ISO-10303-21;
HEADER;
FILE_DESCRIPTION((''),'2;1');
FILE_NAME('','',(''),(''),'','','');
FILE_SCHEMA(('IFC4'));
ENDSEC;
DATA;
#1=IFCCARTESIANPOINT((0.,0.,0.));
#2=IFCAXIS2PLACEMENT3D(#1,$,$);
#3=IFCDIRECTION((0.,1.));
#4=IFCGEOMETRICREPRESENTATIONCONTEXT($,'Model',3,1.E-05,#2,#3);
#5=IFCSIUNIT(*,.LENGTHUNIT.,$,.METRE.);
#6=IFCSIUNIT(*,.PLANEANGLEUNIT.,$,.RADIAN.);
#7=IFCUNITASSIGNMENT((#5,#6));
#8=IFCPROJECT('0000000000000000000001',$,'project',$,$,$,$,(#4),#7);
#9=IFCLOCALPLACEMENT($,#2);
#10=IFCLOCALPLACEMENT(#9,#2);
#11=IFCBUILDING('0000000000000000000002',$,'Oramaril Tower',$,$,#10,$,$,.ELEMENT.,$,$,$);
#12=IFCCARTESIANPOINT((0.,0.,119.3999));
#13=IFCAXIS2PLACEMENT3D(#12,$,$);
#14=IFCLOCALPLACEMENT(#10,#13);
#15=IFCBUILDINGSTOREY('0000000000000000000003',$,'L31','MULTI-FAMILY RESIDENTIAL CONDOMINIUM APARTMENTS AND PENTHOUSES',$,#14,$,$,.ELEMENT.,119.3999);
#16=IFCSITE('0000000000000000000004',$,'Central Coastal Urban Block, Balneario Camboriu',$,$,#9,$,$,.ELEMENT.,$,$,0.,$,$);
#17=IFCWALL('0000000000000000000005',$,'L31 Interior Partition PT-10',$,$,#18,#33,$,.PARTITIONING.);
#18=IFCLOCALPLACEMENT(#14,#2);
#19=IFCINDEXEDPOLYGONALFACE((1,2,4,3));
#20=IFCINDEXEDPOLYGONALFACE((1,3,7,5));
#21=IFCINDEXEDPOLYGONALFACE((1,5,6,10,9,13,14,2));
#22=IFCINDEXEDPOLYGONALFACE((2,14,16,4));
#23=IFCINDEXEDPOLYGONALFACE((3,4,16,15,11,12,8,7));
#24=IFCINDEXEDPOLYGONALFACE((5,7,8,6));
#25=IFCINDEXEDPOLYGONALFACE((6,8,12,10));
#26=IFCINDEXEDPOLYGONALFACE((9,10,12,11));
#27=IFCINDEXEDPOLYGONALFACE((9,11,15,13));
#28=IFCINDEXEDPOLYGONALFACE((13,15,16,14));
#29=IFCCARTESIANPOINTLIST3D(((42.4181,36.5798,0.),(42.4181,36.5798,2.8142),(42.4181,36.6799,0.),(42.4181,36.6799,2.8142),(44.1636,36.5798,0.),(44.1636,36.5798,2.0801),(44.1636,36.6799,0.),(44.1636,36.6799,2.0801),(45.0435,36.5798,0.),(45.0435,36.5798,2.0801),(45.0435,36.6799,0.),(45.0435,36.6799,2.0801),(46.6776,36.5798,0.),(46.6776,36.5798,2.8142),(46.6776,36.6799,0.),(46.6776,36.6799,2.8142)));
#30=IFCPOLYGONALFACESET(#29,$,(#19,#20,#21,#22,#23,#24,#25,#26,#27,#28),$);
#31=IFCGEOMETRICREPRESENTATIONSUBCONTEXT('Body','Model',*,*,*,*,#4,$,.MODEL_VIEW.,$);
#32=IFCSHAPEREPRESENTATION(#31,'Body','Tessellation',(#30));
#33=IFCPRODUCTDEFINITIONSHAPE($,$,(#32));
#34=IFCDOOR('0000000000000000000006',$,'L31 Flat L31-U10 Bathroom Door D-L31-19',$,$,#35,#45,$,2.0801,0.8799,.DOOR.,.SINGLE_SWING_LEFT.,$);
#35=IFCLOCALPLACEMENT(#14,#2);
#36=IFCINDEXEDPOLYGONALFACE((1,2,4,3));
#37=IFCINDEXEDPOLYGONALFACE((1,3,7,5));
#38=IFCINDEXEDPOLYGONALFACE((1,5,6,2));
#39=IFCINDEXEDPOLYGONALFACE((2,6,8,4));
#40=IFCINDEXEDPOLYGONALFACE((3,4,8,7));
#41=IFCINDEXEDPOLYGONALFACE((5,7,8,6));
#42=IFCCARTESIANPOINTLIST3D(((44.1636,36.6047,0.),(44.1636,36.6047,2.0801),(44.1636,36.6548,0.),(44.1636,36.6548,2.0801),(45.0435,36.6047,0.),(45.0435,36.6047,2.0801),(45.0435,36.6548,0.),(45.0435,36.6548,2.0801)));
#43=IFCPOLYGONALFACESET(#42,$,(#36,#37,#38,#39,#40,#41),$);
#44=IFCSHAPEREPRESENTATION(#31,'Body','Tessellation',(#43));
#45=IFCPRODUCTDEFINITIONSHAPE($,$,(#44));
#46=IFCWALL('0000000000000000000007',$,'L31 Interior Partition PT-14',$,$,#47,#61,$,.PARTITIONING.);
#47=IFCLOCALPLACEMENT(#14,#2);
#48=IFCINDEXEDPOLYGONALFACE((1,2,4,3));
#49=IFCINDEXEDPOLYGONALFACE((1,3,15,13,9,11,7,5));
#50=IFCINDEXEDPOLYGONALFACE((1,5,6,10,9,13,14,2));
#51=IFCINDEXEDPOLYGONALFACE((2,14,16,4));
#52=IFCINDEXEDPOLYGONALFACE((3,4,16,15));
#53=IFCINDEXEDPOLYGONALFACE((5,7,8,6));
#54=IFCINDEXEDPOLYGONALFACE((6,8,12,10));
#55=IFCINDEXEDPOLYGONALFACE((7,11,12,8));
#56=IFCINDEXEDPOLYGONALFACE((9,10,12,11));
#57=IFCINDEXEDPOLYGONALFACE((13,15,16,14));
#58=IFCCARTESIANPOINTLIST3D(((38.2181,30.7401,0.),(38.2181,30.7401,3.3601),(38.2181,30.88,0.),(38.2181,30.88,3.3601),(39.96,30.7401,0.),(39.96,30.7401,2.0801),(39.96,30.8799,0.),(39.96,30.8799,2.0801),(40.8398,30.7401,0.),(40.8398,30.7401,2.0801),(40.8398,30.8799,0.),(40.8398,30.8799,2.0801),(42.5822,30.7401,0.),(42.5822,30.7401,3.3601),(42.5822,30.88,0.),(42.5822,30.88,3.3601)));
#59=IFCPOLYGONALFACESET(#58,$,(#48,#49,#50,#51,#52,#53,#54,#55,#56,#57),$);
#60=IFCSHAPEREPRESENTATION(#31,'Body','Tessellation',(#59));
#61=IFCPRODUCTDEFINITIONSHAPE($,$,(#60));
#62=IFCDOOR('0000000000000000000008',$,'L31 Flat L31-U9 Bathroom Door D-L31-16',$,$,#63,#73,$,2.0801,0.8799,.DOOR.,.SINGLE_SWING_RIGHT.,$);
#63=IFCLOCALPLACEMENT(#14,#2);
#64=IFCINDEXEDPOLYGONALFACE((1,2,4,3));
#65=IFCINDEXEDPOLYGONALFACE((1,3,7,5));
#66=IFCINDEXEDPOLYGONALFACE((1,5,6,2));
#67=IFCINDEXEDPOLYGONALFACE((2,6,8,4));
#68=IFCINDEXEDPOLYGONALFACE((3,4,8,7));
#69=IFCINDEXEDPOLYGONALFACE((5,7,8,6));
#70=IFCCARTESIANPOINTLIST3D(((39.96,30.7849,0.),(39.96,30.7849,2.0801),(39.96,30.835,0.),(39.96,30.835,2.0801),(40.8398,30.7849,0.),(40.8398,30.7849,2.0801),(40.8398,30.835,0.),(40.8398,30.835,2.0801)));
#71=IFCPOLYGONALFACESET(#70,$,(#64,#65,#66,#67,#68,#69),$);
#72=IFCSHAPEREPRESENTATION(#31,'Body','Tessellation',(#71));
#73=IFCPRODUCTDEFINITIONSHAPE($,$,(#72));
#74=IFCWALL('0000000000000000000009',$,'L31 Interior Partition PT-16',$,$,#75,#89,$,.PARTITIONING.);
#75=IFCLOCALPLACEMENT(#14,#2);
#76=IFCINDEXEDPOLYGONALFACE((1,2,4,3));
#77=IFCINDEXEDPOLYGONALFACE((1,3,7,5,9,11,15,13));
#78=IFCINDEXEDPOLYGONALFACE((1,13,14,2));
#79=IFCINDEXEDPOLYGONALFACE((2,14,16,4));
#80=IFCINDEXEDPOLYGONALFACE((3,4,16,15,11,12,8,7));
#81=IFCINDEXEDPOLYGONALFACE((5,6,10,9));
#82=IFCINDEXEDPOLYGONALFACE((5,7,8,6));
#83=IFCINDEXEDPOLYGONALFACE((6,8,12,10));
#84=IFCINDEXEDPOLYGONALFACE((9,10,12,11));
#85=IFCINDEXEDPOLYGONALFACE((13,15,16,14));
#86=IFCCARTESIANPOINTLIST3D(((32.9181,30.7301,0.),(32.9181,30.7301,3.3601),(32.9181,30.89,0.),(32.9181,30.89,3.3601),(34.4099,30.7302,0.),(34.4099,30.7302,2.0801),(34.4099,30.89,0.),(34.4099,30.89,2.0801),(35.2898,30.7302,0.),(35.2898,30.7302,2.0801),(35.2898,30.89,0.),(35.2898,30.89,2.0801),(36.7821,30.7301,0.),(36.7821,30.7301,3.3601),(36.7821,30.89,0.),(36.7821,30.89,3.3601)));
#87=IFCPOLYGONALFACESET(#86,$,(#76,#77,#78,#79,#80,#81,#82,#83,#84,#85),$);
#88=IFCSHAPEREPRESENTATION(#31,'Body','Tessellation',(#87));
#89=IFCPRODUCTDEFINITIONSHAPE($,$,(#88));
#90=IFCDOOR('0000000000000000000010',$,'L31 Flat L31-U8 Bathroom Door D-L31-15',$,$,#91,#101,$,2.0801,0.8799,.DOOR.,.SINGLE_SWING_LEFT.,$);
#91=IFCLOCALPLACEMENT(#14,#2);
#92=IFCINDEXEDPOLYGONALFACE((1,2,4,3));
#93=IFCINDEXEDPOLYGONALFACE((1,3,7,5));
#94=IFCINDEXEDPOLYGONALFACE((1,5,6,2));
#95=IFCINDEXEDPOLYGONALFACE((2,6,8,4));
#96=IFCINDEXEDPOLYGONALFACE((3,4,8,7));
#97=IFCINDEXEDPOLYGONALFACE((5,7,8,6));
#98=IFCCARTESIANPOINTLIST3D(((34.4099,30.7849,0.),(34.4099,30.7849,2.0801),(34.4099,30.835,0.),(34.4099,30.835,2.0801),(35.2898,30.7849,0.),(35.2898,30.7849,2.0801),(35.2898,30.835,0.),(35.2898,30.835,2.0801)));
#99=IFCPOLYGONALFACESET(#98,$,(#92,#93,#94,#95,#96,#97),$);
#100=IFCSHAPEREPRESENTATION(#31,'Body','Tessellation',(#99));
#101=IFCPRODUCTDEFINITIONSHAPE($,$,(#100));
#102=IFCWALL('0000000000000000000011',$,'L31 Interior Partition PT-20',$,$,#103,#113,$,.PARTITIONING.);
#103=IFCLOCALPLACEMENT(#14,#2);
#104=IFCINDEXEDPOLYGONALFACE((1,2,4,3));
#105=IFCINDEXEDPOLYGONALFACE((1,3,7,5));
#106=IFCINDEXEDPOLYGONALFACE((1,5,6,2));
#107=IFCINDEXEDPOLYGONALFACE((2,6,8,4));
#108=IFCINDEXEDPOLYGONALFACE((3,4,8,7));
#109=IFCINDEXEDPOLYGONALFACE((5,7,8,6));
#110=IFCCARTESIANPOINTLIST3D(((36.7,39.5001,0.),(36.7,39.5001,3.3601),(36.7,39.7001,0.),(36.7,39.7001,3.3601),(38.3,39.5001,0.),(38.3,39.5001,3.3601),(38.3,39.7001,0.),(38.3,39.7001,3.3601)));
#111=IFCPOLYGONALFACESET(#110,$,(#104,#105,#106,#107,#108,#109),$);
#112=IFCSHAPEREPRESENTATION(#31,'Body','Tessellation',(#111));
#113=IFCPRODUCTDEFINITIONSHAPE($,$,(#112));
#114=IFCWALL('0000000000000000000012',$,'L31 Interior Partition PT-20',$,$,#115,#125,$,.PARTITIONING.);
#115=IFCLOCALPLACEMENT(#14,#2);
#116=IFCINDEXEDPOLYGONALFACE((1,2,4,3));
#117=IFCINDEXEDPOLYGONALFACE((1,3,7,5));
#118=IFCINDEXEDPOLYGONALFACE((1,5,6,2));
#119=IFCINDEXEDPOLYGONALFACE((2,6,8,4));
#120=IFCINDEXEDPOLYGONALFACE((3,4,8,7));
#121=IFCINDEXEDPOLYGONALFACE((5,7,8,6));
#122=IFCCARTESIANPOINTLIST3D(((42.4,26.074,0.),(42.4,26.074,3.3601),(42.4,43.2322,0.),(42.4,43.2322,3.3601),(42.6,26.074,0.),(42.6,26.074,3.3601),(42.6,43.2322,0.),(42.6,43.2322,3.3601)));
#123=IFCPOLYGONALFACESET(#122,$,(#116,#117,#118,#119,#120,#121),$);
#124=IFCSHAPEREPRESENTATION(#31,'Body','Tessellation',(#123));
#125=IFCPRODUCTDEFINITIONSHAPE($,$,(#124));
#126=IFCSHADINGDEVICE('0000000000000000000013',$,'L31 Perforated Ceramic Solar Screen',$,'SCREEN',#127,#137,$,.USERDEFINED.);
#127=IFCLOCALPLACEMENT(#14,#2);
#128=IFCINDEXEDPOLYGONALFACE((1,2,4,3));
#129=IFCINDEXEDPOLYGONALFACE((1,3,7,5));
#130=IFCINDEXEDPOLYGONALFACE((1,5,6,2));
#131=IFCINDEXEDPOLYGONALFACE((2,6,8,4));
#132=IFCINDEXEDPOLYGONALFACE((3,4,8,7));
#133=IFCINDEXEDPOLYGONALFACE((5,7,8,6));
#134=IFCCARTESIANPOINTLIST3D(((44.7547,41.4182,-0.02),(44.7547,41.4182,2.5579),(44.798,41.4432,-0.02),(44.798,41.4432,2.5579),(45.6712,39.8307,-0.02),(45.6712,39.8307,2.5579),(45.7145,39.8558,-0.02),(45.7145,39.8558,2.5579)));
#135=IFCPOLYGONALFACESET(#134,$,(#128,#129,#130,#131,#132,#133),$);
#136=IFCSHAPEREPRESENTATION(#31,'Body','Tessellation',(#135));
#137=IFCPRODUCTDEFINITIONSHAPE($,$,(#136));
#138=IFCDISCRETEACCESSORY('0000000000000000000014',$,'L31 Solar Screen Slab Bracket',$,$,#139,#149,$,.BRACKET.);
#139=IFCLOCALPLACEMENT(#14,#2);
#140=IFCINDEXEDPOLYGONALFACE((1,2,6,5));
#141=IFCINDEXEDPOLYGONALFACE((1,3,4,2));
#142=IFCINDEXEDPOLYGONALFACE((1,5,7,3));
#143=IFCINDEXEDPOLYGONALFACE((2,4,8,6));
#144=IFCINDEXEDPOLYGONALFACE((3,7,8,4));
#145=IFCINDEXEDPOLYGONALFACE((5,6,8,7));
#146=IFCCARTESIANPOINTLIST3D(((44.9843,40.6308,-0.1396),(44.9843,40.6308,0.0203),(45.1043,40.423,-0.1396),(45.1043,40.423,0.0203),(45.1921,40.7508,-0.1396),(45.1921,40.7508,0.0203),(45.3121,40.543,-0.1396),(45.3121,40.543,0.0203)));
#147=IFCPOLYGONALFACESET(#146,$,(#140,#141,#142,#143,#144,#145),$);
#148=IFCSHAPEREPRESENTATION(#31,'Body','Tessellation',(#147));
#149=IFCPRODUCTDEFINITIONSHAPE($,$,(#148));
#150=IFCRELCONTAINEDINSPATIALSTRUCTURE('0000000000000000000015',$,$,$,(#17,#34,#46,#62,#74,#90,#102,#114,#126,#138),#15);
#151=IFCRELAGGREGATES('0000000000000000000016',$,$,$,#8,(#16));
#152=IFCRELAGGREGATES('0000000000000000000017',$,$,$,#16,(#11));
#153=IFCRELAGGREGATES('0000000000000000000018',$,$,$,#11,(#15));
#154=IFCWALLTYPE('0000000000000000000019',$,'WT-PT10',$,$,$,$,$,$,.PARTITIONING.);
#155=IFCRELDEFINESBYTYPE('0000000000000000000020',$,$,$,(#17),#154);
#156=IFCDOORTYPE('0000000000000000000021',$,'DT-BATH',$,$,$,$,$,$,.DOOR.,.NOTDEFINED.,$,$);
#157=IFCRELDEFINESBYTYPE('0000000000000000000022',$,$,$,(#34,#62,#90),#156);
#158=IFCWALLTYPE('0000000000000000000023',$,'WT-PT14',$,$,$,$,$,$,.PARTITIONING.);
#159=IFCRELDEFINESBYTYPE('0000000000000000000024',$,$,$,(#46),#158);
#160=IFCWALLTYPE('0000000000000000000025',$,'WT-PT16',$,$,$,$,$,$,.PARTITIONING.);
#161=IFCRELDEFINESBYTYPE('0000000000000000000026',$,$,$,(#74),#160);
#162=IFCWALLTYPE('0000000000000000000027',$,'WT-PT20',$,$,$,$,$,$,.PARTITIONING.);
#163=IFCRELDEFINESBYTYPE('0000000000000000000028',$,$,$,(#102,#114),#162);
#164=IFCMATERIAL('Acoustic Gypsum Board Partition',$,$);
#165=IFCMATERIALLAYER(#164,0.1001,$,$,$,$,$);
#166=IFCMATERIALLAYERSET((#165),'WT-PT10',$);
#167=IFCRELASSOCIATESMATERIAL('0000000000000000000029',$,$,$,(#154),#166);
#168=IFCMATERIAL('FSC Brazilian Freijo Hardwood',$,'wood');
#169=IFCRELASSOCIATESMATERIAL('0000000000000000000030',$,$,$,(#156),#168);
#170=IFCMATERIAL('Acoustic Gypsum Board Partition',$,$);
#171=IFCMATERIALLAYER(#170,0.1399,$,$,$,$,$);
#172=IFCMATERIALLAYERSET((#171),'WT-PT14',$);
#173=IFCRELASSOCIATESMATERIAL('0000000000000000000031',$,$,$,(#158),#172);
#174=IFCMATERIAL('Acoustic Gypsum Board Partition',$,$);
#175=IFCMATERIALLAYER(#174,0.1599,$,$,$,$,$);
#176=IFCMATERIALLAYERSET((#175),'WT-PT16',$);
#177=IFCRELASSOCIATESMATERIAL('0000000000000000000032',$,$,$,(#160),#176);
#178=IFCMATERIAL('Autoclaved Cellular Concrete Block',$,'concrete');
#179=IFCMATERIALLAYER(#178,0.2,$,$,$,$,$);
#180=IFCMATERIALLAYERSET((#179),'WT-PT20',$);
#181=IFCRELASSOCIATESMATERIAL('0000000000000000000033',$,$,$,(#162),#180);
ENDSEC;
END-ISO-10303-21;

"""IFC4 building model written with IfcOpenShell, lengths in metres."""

from ifc_helpers import new_model, si_unit, direction, frame, frame_2d, origin, origin_2d, place, context, subcontext, project, spatial, rectangle, extrude, material, layer, layer_set, type_object, element, fill, save


model = new_model("IFC4")

# Units and contexts
model_context = context("Model", 3, precision=1e-05, world=origin(), true_north=direction((0.0, 1.0)))
body_context = subcontext(model_context, "Body", "Model", "MODEL_VIEW")
ifc_project = project(units=[si_unit("LENGTHUNIT", "METRE"), si_unit("PLANEANGLEUNIT", "RADIAN")], contexts=[model_context])

# Site, building, storey
site_placement = place(None, origin())
site = spatial("IfcSite", under=ifc_project, at=site_placement, Name="Central Coastal Urban Block, Balneario Camboriu", CompositionType="ELEMENT", RefElevation=0.0)
building_placement = place(site_placement, origin())
building = spatial("IfcBuilding", under=site, at=building_placement, Name="Oramaril Tower", CompositionType="ELEMENT")
storey_placement = place(building_placement, frame((0.0, 0.0, 119.3999)))
storey = spatial("IfcBuildingStorey", under=building, at=storey_placement, Name="L31", Description="MULTI-FAMILY RESIDENTIAL CONDOMINIUM APARTMENTS AND PENTHOUSES", CompositionType="ELEMENT", Elevation=119.3999)

# Walls, openings, doors
ifc_material_1 = material(Name="Acoustic Gypsum Board Partition")
ifc_layer_1 = layer(ifc_material_1, 0.1001)
ifc_layer_set_1 = layer_set([ifc_layer_1], Name="WT-PT10")
wall_type_1 = type_object("IfcWallType", Name="WT-PT10", PredefinedType="PARTITIONING", material=ifc_layer_set_1)
wall_1_placement = place(storey_placement, frame((42.418, 36.6299, 0.0), z_axis=(0.0, 0.0, 1.0), x_axis=(1.0, 0.0, 0.0)))
wall_1 = element("IfcWall", 1, at=wall_1_placement, inside=storey, type_object=wall_type_1, Name="L31 Interior Partition PT-10", PredefinedType="PARTITIONING", context=body_context, shape_type="SweptSolid", body=[
    extrude(rectangle(XDim=4.2595, YDim=0.1001, at=frame_2d((2.1299, 0.0))), origin(), (0.0, 0.0, 1.0), 2.8142),
])
opening_1_placement = place(wall_1_placement, frame((1.7456, 0.0, 0.0)))
opening_1 = element("IfcOpeningElement", 2, at=opening_1_placement, cuts=wall_1, PredefinedType="OPENING", context=body_context, shape_type="SweptSolid", body=[
    extrude(rectangle(XDim=0.8799, YDim=2.0801, at=frame_2d((0.4399, 1.04))), frame((0.0, 0.05, 0.0), z_axis=(0.0, -1.0, 0.0), x_axis=(1.0, 0.0, 0.0)), (0.0, 0.0, 1.0), 0.1001),
])
ifc_material_2 = material(Name="FSC Brazilian Freijo Hardwood", Category="wood")
door_type_1 = type_object("IfcDoorType", Name="DT-BATH", OperationType="NOTDEFINED", PredefinedType="DOOR", material=ifc_material_2)
door_1_placement = place(opening_1_placement, origin())
door_1 = element("IfcDoor", 3, at=door_1_placement, inside=storey, type_object=door_type_1, Name="L31 Flat L31-U10 Bathroom Door D-L31-19", OperationType="SINGLE_SWING_LEFT", OverallHeight=2.0801, OverallWidth=0.8799, PredefinedType="DOOR", context=body_context, shape_type="SweptSolid", body=[
    extrude(rectangle(XDim=0.8799, YDim=2.0801, at=frame_2d((0.4399, 1.04))), frame((0.0, 0.0249, 0.0), z_axis=(0.0, -1.0, 0.0), x_axis=(1.0, 0.0, 0.0)), (0.0, 0.0, 1.0), 0.05),
])
fill(opening_1, door_1)
ifc_material_3 = material(Name="Acoustic Gypsum Board Partition")
ifc_layer_2 = layer(ifc_material_3, 0.1399)
ifc_layer_set_2 = layer_set([ifc_layer_2], Name="WT-PT14")
wall_type_2 = type_object("IfcWallType", Name="WT-PT14", PredefinedType="PARTITIONING", material=ifc_layer_set_2)
wall_2_placement = place(storey_placement, frame((38.218, 30.8101, 0.0), z_axis=(0.0, 0.0, 1.0), x_axis=(1.0, 0.0, 0.0)))
wall_2 = element("IfcWall", 4, at=wall_2_placement, inside=storey, type_object=wall_type_2, Name="L31 Interior Partition PT-14", PredefinedType="PARTITIONING", context=body_context, shape_type="SweptSolid", body=[
    extrude(rectangle(XDim=4.364, YDim=0.1399, at=frame_2d((2.1821, 0.0))), origin(), (0.0, 0.0, 1.0), 3.3601),
])
opening_2_placement = place(wall_2_placement, frame((1.7419, 0.0, 0.0)))
opening_2 = element("IfcOpeningElement", 5, at=opening_2_placement, cuts=wall_2, PredefinedType="OPENING", context=body_context, shape_type="SweptSolid", body=[
    extrude(rectangle(XDim=0.8799, YDim=2.0801, at=frame_2d((0.4399, 1.04))), frame((0.0, 0.0698, 0.0), z_axis=(0.0, -1.0, 0.0), x_axis=(1.0, 0.0, 0.0)), (0.0, 0.0, 1.0), 0.1399),
])
door_2_placement = place(opening_2_placement, origin())
door_2 = element("IfcDoor", 6, at=door_2_placement, inside=storey, type_object=door_type_1, Name="L31 Flat L31-U9 Bathroom Door D-L31-16", OperationType="SINGLE_SWING_RIGHT", OverallHeight=2.0801, OverallWidth=0.8799, PredefinedType="DOOR", context=body_context, shape_type="SweptSolid", body=[
    extrude(rectangle(XDim=0.8799, YDim=2.0801, at=frame_2d((0.4399, 1.04))), frame((0.0, 0.0249, 0.0), z_axis=(0.0, -1.0, 0.0), x_axis=(1.0, 0.0, 0.0)), (0.0, 0.0, 1.0), 0.05),
])
fill(opening_2, door_2)
ifc_material_4 = material(Name="Acoustic Gypsum Board Partition")
ifc_layer_3 = layer(ifc_material_4, 0.1599)
ifc_layer_set_3 = layer_set([ifc_layer_3], Name="WT-PT16")
wall_type_3 = type_object("IfcWallType", Name="WT-PT16", PredefinedType="PARTITIONING", material=ifc_layer_set_3)
wall_3_placement = place(storey_placement, frame((32.918, 30.8101, 0.0), z_axis=(0.0, 0.0, 1.0), x_axis=(1.0, 0.0, 0.0)))
wall_3 = element("IfcWall", 7, at=wall_3_placement, inside=storey, type_object=wall_type_3, Name="L31 Interior Partition PT-16", PredefinedType="PARTITIONING", context=body_context, shape_type="SweptSolid", body=[
    extrude(rectangle(XDim=3.864, YDim=0.1599, at=frame_2d((1.9321, 0.0))), origin(), (0.0, 0.0, 1.0), 3.3601),
])
opening_3_placement = place(wall_3_placement, frame((1.4919, 0.0, 0.0)))
opening_3 = element("IfcOpeningElement", 8, at=opening_3_placement, cuts=wall_3, PredefinedType="OPENING", context=body_context, shape_type="SweptSolid", body=[
    extrude(rectangle(XDim=0.8799, YDim=2.0801, at=frame_2d((0.4399, 1.04))), frame((0.0, 0.0801, 0.0), z_axis=(0.0, -1.0, 0.0), x_axis=(1.0, 0.0, 0.0)), (0.0, 0.0, 1.0), 0.1599),
])
door_3_placement = place(opening_3_placement, origin())
door_3 = element("IfcDoor", 9, at=door_3_placement, inside=storey, type_object=door_type_1, Name="L31 Flat L31-U8 Bathroom Door D-L31-15", OperationType="SINGLE_SWING_LEFT", OverallHeight=2.0801, OverallWidth=0.8799, PredefinedType="DOOR", context=body_context, shape_type="SweptSolid", body=[
    extrude(rectangle(XDim=0.8799, YDim=2.0801, at=frame_2d((0.4399, 1.04))), frame((0.0, 0.0249, 0.0), z_axis=(0.0, -1.0, 0.0), x_axis=(1.0, 0.0, 0.0)), (0.0, 0.0, 1.0), 0.05),
])
fill(opening_3, door_3)

# Wall
ifc_material_5 = material(Name="Autoclaved Cellular Concrete Block", Category="concrete")
ifc_layer_4 = layer(ifc_material_5, 0.2)
ifc_layer_set_4 = layer_set([ifc_layer_4], Name="WT-PT20")
wall_type_4 = type_object("IfcWallType", Name="WT-PT20", PredefinedType="PARTITIONING", material=ifc_layer_set_4)
wall_4_placement = place(storey_placement, frame((36.7, 39.6001, 0.0), z_axis=(0.0, 0.0, 1.0), x_axis=(1.0, 0.0, 0.0)))
element("IfcWall", 10, at=wall_4_placement, inside=storey, type_object=wall_type_4, Name="L31 Interior Partition PT-20", PredefinedType="PARTITIONING", context=body_context, shape_type="SweptSolid", body=[
    extrude(rectangle(XDim=1.6001, YDim=0.2, at=frame_2d((0.8, 0.0))), origin(), (0.0, 0.0, 1.0), 3.3601),
])

# Wall
wall_5_placement = place(storey_placement, frame((42.5, 26.074, 0.0), z_axis=(0.0, 0.0, 1.0), x_axis=(0.0, 1.0, 0.0)))
element("IfcWall", 11, at=wall_5_placement, inside=storey, type_object=wall_type_4, Name="L31 Interior Partition PT-20", PredefinedType="PARTITIONING", context=body_context, shape_type="SweptSolid", body=[
    extrude(rectangle(XDim=17.1582, YDim=0.2, at=frame_2d((8.5791, 0.0))), origin(), (0.0, 0.0, 1.0), 3.3601),
])

# Shading device
shading_device_placement = place(storey_placement, frame((45.2346, 40.637, -0.02), z_axis=(0.0, 0.0, 1.0), x_axis=(-0.5, 0.866025, 0.0)))
element("IfcShadingDevice", 12, at=shading_device_placement, inside=storey, Name="L31 Perforated Ceramic Solar Screen", ObjectType="SCREEN", PredefinedType="USERDEFINED", context=body_context, shape_type="SweptSolid", body=[
    extrude(rectangle(XDim=1.833, YDim=0.05, at=origin_2d()), origin(), (0.0, 0.0, 1.0), 2.5779),
])

# Discrete accessory
discrete_accessory_placement = place(storey_placement, frame((45.1482, 40.5869, -0.1396), z_axis=(0.0, 0.0, 1.0), x_axis=(-0.5, 0.866025, 0.0)))
element("IfcDiscreteAccessory", 13, at=discrete_accessory_placement, inside=storey, Name="L31 Solar Screen Slab Bracket", PredefinedType="BRACKET", context=body_context, shape_type="SweptSolid", body=[
    extrude(rectangle(XDim=0.24, YDim=0.24, at=origin_2d()), origin(), (0.0, 0.0, 1.0), 0.1599),
])

save(model, "model.ifc")
